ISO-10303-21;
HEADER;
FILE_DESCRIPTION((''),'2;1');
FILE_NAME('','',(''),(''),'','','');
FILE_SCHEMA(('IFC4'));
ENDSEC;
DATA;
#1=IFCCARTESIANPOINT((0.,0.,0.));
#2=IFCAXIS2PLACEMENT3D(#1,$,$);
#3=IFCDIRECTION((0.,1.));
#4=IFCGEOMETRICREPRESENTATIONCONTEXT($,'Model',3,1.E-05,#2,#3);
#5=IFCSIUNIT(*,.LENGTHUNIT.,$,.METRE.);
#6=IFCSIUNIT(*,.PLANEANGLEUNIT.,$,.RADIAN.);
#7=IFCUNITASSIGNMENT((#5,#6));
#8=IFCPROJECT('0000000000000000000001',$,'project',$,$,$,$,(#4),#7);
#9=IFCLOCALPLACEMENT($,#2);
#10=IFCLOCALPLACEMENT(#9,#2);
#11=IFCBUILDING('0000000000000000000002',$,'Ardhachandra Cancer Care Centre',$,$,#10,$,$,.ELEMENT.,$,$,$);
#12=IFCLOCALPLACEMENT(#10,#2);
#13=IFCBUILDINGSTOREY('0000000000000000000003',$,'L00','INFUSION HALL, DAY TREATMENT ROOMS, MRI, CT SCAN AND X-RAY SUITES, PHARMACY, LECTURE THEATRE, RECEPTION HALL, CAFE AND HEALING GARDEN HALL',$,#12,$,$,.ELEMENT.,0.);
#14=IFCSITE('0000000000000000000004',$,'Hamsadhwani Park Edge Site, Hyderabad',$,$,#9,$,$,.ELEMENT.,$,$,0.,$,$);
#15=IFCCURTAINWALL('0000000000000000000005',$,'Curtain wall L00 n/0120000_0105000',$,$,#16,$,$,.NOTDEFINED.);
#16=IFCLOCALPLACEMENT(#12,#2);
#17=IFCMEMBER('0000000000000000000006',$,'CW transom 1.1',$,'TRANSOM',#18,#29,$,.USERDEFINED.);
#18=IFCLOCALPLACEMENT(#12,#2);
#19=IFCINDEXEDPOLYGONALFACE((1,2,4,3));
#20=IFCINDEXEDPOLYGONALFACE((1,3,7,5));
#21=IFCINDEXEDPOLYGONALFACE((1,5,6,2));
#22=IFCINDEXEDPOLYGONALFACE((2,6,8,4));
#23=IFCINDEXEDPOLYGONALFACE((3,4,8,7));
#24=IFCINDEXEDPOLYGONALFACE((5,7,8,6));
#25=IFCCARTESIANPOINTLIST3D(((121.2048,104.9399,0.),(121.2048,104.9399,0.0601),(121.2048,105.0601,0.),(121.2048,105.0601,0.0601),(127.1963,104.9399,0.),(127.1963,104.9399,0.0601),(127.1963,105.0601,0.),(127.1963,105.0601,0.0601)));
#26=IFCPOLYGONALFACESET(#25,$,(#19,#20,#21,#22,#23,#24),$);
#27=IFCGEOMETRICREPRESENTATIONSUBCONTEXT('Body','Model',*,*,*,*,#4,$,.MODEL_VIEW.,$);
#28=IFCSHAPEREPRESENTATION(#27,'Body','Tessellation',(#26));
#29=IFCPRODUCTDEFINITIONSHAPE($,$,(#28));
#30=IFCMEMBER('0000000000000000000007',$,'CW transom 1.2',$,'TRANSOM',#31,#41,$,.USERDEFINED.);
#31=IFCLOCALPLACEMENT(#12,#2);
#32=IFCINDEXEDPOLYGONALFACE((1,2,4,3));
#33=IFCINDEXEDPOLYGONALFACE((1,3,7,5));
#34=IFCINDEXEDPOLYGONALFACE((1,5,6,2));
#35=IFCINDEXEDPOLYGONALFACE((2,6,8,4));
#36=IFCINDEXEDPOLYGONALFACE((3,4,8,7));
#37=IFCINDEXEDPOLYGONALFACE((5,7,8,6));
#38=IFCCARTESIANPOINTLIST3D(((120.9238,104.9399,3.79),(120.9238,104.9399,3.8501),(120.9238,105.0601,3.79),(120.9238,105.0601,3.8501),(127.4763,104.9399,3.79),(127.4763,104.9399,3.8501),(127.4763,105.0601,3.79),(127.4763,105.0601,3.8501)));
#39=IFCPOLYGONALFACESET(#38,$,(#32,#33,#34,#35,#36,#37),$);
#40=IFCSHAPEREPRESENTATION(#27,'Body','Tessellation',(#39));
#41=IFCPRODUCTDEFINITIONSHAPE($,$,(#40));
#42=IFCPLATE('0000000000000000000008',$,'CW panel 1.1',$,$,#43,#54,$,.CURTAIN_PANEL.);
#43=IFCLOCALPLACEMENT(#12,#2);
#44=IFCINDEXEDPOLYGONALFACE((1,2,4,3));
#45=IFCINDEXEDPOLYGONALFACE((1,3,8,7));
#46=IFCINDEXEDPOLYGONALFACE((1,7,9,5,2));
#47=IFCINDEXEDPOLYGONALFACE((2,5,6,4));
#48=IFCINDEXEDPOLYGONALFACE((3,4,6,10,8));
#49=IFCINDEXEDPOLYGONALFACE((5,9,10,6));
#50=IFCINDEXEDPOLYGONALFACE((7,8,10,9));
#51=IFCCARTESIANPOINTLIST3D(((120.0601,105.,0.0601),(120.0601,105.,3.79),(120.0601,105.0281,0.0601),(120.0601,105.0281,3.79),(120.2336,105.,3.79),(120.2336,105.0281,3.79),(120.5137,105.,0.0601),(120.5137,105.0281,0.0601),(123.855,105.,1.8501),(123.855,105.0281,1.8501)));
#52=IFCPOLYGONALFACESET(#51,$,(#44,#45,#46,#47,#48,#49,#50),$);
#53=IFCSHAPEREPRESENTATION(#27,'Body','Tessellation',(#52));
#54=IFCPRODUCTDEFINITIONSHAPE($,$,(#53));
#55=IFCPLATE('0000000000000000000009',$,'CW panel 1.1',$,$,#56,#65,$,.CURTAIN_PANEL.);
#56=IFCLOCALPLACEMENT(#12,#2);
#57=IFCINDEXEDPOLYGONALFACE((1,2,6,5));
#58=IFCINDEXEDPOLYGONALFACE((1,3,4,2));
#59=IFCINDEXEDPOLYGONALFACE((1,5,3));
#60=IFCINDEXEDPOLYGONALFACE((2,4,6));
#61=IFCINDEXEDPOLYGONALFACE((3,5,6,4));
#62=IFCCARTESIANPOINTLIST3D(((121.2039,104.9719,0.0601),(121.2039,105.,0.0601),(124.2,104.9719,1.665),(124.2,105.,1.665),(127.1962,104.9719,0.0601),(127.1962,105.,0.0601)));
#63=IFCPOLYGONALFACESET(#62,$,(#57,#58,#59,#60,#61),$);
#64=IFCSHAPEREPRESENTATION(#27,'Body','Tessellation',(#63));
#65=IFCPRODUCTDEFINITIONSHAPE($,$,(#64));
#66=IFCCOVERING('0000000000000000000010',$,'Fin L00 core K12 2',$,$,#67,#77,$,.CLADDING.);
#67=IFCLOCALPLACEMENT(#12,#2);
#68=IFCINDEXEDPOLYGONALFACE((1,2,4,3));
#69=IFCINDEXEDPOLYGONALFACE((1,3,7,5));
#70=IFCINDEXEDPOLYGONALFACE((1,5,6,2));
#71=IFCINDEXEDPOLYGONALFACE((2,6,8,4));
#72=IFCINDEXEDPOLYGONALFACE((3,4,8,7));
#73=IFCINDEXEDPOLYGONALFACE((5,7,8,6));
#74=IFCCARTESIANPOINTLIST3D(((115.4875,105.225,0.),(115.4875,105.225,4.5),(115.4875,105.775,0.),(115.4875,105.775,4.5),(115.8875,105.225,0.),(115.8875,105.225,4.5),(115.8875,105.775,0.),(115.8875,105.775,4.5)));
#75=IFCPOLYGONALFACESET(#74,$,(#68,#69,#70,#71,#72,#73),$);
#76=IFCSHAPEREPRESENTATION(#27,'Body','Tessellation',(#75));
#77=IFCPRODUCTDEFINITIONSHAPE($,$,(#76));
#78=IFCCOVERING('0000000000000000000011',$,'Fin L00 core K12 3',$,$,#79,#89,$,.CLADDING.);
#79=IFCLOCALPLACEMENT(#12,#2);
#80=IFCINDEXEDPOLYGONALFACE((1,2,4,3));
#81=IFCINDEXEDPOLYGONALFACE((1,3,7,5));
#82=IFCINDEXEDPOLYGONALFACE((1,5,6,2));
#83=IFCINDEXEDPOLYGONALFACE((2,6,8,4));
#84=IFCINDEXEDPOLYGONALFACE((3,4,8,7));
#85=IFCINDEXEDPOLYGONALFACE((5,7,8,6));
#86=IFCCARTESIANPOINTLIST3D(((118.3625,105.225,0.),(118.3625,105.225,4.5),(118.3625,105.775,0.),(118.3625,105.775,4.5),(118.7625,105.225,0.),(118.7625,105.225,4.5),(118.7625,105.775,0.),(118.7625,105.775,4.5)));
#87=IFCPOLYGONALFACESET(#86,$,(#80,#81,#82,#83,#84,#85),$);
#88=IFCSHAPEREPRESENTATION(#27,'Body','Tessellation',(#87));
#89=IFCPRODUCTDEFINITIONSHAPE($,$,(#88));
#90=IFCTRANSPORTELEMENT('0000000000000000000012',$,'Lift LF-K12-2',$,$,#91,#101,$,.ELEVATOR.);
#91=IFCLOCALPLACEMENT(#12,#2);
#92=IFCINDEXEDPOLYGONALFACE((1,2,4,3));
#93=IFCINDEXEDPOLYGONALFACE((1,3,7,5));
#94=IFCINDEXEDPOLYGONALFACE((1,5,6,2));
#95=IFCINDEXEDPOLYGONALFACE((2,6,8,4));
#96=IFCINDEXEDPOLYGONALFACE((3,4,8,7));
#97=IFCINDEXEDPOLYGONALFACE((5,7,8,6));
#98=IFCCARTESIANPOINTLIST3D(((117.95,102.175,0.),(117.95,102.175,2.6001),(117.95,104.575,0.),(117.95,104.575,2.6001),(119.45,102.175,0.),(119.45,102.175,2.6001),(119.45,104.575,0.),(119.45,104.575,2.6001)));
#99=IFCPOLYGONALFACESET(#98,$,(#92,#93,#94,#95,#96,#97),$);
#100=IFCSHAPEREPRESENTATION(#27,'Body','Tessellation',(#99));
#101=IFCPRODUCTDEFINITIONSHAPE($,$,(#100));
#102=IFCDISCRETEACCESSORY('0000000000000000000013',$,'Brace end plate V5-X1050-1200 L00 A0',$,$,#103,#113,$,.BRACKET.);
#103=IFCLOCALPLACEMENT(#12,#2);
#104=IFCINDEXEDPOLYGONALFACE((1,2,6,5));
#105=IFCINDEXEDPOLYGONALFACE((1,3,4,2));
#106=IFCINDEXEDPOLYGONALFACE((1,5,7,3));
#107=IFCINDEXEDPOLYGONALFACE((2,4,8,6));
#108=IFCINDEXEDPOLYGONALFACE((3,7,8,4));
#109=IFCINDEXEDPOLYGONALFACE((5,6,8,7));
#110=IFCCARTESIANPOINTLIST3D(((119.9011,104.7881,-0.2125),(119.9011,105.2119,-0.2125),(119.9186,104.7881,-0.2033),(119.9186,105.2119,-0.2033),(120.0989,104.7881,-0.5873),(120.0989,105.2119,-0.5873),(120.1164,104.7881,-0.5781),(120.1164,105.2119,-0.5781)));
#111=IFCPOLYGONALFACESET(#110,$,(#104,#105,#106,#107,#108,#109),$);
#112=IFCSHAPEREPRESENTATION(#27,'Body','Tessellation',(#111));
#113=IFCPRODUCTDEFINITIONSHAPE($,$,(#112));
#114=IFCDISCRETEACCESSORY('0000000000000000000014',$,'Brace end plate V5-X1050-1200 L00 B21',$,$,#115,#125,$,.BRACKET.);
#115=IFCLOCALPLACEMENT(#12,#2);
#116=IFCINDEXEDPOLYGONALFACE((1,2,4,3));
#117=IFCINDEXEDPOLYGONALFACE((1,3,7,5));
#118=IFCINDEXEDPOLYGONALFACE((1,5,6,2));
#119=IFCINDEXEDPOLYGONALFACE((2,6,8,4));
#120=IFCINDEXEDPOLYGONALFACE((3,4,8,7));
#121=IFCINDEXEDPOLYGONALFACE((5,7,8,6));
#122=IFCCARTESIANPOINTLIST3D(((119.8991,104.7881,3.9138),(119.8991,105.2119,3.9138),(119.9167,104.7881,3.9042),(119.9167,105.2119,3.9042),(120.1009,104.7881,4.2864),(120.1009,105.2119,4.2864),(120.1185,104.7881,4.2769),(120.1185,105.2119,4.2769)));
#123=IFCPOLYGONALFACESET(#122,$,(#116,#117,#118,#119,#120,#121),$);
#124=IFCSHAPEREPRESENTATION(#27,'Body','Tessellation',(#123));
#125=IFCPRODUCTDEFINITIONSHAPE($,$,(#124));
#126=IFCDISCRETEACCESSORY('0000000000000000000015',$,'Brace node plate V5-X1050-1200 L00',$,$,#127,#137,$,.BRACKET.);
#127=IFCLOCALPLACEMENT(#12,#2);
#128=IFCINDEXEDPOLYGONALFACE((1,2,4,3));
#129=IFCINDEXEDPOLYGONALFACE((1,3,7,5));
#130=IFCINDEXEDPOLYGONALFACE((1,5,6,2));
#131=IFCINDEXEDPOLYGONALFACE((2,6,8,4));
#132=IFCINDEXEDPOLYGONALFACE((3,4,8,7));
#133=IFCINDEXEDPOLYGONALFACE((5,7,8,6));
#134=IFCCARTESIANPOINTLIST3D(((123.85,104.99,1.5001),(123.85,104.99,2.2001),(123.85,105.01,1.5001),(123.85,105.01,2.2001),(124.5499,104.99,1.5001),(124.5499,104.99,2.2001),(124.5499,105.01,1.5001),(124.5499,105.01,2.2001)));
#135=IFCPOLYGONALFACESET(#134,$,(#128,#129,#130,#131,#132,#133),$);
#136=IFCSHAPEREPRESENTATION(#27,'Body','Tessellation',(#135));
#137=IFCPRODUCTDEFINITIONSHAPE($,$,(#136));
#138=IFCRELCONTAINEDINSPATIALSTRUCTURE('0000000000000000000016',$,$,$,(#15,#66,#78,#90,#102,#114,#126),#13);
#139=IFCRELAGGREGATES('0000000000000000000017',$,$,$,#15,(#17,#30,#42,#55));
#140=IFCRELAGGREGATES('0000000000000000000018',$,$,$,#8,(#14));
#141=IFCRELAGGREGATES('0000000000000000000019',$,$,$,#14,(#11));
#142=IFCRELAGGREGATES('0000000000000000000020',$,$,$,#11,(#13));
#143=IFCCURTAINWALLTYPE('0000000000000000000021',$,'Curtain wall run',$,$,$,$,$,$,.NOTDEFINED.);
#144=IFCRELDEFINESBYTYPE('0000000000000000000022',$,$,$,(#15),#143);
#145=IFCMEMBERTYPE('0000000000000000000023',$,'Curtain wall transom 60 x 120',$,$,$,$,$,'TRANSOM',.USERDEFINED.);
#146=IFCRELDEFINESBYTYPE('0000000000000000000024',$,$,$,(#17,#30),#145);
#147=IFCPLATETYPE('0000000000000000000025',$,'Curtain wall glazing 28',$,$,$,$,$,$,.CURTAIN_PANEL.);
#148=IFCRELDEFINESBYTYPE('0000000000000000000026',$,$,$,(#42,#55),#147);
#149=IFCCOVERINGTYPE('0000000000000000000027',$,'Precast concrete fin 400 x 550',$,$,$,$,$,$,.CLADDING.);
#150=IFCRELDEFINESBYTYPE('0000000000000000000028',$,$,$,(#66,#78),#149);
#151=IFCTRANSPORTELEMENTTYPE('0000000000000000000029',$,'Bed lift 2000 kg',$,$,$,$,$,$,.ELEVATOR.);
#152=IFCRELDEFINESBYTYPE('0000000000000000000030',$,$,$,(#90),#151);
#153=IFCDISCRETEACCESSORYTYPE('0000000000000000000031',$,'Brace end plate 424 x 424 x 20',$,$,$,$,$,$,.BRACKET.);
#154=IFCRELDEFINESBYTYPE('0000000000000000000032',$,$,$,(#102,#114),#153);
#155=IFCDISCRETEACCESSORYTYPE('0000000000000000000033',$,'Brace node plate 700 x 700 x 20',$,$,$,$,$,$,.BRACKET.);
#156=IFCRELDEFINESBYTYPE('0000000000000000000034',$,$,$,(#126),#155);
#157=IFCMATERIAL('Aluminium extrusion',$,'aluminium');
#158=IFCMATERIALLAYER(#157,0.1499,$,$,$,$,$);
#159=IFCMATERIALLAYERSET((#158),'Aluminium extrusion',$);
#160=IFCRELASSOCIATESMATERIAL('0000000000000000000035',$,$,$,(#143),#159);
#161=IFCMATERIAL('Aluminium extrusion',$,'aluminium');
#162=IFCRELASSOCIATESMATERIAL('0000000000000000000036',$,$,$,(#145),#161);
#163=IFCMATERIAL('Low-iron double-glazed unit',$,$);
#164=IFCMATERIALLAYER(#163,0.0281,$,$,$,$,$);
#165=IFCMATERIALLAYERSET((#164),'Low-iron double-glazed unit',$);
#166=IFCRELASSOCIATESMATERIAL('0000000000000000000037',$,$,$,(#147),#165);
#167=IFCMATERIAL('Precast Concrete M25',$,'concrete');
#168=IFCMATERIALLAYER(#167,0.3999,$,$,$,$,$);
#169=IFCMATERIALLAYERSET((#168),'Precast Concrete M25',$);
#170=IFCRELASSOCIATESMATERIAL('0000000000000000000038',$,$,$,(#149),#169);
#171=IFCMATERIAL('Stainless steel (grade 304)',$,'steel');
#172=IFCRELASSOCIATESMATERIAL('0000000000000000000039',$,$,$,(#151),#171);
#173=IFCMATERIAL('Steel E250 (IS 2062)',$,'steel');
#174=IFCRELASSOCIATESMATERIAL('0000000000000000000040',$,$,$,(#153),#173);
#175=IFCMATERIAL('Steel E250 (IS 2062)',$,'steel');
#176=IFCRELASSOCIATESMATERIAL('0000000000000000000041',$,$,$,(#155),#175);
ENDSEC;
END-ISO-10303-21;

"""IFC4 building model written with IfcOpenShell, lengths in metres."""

from ifc_helpers import new_model, si_unit, direction, frame, origin, origin_2d, place, context, subcontext, project, spatial, polyline, rectangle, outline, extrude, material, layer, layer_set, material_profile, profile_set, type_object, element, aggregate, save


model = new_model("IFC4")

# Units and contexts
model_context = context("Model", 3, precision=1e-05, world=origin(), true_north=direction((0.0, 1.0)))
body_context = subcontext(model_context, "Body", "Model", "MODEL_VIEW")
ifc_project = project(units=[si_unit("LENGTHUNIT", "METRE"), si_unit("PLANEANGLEUNIT", "RADIAN")], contexts=[model_context])

# Site, building, storey
site_placement = place(None, origin())
site = spatial("IfcSite", under=ifc_project, at=site_placement, Name="Hamsadhwani Park Edge Site, Hyderabad", CompositionType="ELEMENT", RefElevation=0.0)
building_placement = place(site_placement, origin())
building = spatial("IfcBuilding", under=site, at=building_placement, Name="Ardhachandra Cancer Care Centre", CompositionType="ELEMENT")
storey_placement = place(building_placement, origin())
storey = spatial("IfcBuildingStorey", under=building, at=storey_placement, Name="L00", Description="INFUSION HALL, DAY TREATMENT ROOMS, MRI, CT SCAN AND X-RAY SUITES, PHARMACY, LECTURE THEATRE, RECEPTION HALL, CAFE AND HEALING GARDEN HALL", CompositionType="ELEMENT", Elevation=0.0)

# Curtain wall, members, plates
ifc_material_1 = material(Name="Aluminium extrusion", Category="aluminium")
ifc_layer_1 = layer(ifc_material_1, 0.1499)
ifc_layer_set_1 = layer_set([ifc_layer_1], Name="Aluminium extrusion")
curtain_wall_type = type_object("IfcCurtainWallType", Name="Curtain wall run", PredefinedType="NOTDEFINED", material=ifc_layer_set_1)
curtain_wall_placement = place(storey_placement, origin())
curtain_wall = element("IfcCurtainWall", 1, at=curtain_wall_placement, inside=storey, type_object=curtain_wall_type, Name="Curtain wall L00 n/0120000_0105000", PredefinedType="NOTDEFINED")
ifc_material_2 = material(Name="Aluminium extrusion", Category="aluminium")
ifc_material_profile_1 = material_profile(ifc_material_2, rectangle(XDim=0.1201, YDim=0.0601, at=origin_2d()), Name="Curtain wall transom 60 x 120")
ifc_profile_set_1 = profile_set([ifc_material_profile_1], Name="Aluminium extrusion")
member_type_1 = type_object("IfcMemberType", Name="Curtain wall transom 60 x 120", ElementType="TRANSOM", PredefinedType="USERDEFINED", material=ifc_profile_set_1)
member_1_placement = place(storey_placement, frame((121.2048, 105.0, 0.03), z_axis=(1.0, 0.0, 0.0), x_axis=(0.0, 1.0, 0.0)))
member_1 = element("IfcMember", 2, at=member_1_placement, type_object=member_type_1, Name="CW transom 1.1", ObjectType="TRANSOM", PredefinedType="USERDEFINED", context=body_context, shape_type="SweptSolid", body=[
    extrude(rectangle(XDim=0.1201, YDim=0.0601, at=origin_2d()), origin(), (0.0, 0.0, 1.0), 5.9915),
])
member_2_placement = place(storey_placement, frame((120.9238, 105.0, 3.8201), z_axis=(1.0, 0.0, 0.0), x_axis=(0.0, 1.0, 0.0)))
member_2 = element("IfcMember", 3, at=member_2_placement, type_object=member_type_1, Name="CW transom 1.2", ObjectType="TRANSOM", PredefinedType="USERDEFINED", context=body_context, shape_type="SweptSolid", body=[
    extrude(rectangle(XDim=0.1201, YDim=0.0601, at=origin_2d()), origin(), (0.0, 0.0, 1.0), 6.5525),
])
ifc_material_3 = material(Name="Low-iron double-glazed unit")
ifc_layer_2 = layer(ifc_material_3, 0.0281)
ifc_layer_set_2 = layer_set([ifc_layer_2], Name="Low-iron double-glazed unit")
plate_type = type_object("IfcPlateType", Name="Curtain wall glazing 28", PredefinedType="CURTAIN_PANEL", material=ifc_layer_set_2)
plate_1_placement = place(storey_placement, frame((120.0601, 105.0, 0.0601), z_axis=(0.0, 1.0, 0.0), x_axis=(0.0, 0.0, 1.0)))
plate_1 = element("IfcPlate", 4, at=plate_1_placement, type_object=plate_type, Name="CW panel 1.1", PredefinedType="CURTAIN_PANEL", context=body_context, shape_type="SweptSolid", body=[
    extrude(outline(polyline([(0.0, 0.0), (3.73, 0.0), (3.73, 0.1736), (1.79, 3.7949), (0.0, 0.4536), (0.0, 0.0)])), origin(), (0.0, 0.0, 1.0), 0.0281),
])
plate_2_placement = place(storey_placement, frame((121.2039, 105.0, 0.0601), z_axis=(0.0, 1.0, 0.0), x_axis=(0.881489, 0.0, 0.472205)))
plate_2 = element("IfcPlate", 5, at=plate_2_placement, type_object=plate_type, Name="CW panel 1.1", PredefinedType="CURTAIN_PANEL", context=body_context, shape_type="SweptSolid", body=[
    extrude(outline(polyline([(0.0, 0.0), (3.3989, 0.0), (5.2822, 2.8296), (0.0, 0.0)])), frame((0.0, 0.0, -0.0281)), (0.0, 0.0, 1.0), 0.0281),
])
aggregate(curtain_wall, [member_1, member_2, plate_1, plate_2])

# Coverings
ifc_material_4 = material(Name="Precast Concrete M25", Category="concrete")
ifc_layer_3 = layer(ifc_material_4, 0.3999)
ifc_layer_set_3 = layer_set([ifc_layer_3], Name="Precast Concrete M25")
covering_type = type_object("IfcCoveringType", Name="Precast concrete fin 400 x 550", PredefinedType="CLADDING", material=ifc_layer_set_3)
for number, where, z_axis, x_axis, name in (
    (6, (115.6875, 105.5, 0.0), (0.0, 0.0, 1.0), (1.0, 0.0, 0.0), "Fin L00 core K12 2"),
    (7, (118.5625, 105.5, 0.0), (0.0, 0.0, 1.0), (1.0, 0.0, 0.0), "Fin L00 core K12 3"),
):
    element("IfcCovering", number, at=place(storey_placement, frame(where, z_axis=z_axis, x_axis=x_axis)), inside=storey, type_object=covering_type, Name=name, PredefinedType="CLADDING", context=body_context, shape_type="SweptSolid", body=[
        extrude(rectangle(XDim=0.3999, YDim=0.55, at=origin_2d()), origin(), (0.0, 0.0, 1.0), 4.5),
    ])

# Transport element
ifc_material_5 = material(Name="Stainless steel (grade 304)", Category="steel")
transport_element_type = type_object("IfcTransportElementType", Name="Bed lift 2000 kg", PredefinedType="ELEVATOR", material=ifc_material_5)
transport_element_placement = place(storey_placement, frame((118.7, 103.375, 0.0), z_axis=(0.0, 0.0, 1.0), x_axis=(1.0, 0.0, 0.0)))
element("IfcTransportElement", 8, at=transport_element_placement, inside=storey, type_object=transport_element_type, Name="Lift LF-K12-2", PredefinedType="ELEVATOR", context=body_context, shape_type="SweptSolid", body=[
    extrude(rectangle(XDim=1.5, YDim=2.3999, at=origin_2d()), origin(), (0.0, 0.0, 1.0), 2.6001),
])

# Discrete accessories
ifc_material_6 = material(Name="Steel E250 (IS 2062)", Category="steel")
ifc_material_profile_2 = material_profile(ifc_material_6, rectangle(XDim=0.4238, YDim=0.4238, at=origin_2d()), Name="PL 424x424x20")
ifc_profile_set_2 = profile_set([ifc_material_profile_2], Name="Steel E250 (IS 2062)")
discrete_accessory_type_1 = type_object("IfcDiscreteAccessoryType", Name="Brace end plate 424 x 424 x 20", PredefinedType="BRACKET", material=ifc_profile_set_2)
discrete_accessory_1_placement = place(storey_placement, frame((120.0, 105.0, -0.3999), z_axis=(0.884385, 0.0, 0.466759), x_axis=(0.0, 1.0, 0.0)))
element("IfcDiscreteAccessory", 9, at=discrete_accessory_1_placement, inside=storey, type_object=discrete_accessory_type_1, Name="Brace end plate V5-X1050-1200 L00 A0", PredefinedType="BRACKET", context=body_context, shape_type="SweptSolid", body=[
    extrude(rectangle(XDim=0.4238, YDim=0.4238, at=origin_2d()), origin(), (0.0, 0.0, 1.0), 0.0198),
])
discrete_accessory_2_placement = place(storey_placement, frame((120.0, 105.0, 4.1001), z_axis=(0.879292, 0.0, -0.476283), x_axis=(0.0, 1.0, 0.0)))
element("IfcDiscreteAccessory", 10, at=discrete_accessory_2_placement, inside=storey, type_object=discrete_accessory_type_1, Name="Brace end plate V5-X1050-1200 L00 B21", PredefinedType="BRACKET", context=body_context, shape_type="SweptSolid", body=[
    extrude(rectangle(XDim=0.4238, YDim=0.4238, at=origin_2d()), origin(), (0.0, 0.0, 1.0), 0.02),
])
ifc_material_7 = material(Name="Steel E250 (IS 2062)", Category="steel")
ifc_material_profile_3 = material_profile(ifc_material_7, rectangle(XDim=0.7, YDim=0.7, at=origin_2d()), Name="PL 700x700x20")
ifc_profile_set_3 = profile_set([ifc_material_profile_3], Name="Steel E250 (IS 2062)")
discrete_accessory_type_2 = type_object("IfcDiscreteAccessoryType", Name="Brace node plate 700 x 700 x 20", PredefinedType="BRACKET", material=ifc_profile_set_3)
discrete_accessory_3_placement = place(storey_placement, frame((124.2, 104.99, 1.8501), z_axis=(0.0, 1.0, 0.0), x_axis=(-1.0, 0.0, 0.0)))
element("IfcDiscreteAccessory", 11, at=discrete_accessory_3_placement, inside=storey, type_object=discrete_accessory_type_2, Name="Brace node plate V5-X1050-1200 L00", PredefinedType="BRACKET", context=body_context, shape_type="SweptSolid", body=[
    extrude(rectangle(XDim=0.7, YDim=0.7, at=origin_2d()), origin(), (0.0, 0.0, 1.0), 0.02),
])

save(model, "model.ifc")
